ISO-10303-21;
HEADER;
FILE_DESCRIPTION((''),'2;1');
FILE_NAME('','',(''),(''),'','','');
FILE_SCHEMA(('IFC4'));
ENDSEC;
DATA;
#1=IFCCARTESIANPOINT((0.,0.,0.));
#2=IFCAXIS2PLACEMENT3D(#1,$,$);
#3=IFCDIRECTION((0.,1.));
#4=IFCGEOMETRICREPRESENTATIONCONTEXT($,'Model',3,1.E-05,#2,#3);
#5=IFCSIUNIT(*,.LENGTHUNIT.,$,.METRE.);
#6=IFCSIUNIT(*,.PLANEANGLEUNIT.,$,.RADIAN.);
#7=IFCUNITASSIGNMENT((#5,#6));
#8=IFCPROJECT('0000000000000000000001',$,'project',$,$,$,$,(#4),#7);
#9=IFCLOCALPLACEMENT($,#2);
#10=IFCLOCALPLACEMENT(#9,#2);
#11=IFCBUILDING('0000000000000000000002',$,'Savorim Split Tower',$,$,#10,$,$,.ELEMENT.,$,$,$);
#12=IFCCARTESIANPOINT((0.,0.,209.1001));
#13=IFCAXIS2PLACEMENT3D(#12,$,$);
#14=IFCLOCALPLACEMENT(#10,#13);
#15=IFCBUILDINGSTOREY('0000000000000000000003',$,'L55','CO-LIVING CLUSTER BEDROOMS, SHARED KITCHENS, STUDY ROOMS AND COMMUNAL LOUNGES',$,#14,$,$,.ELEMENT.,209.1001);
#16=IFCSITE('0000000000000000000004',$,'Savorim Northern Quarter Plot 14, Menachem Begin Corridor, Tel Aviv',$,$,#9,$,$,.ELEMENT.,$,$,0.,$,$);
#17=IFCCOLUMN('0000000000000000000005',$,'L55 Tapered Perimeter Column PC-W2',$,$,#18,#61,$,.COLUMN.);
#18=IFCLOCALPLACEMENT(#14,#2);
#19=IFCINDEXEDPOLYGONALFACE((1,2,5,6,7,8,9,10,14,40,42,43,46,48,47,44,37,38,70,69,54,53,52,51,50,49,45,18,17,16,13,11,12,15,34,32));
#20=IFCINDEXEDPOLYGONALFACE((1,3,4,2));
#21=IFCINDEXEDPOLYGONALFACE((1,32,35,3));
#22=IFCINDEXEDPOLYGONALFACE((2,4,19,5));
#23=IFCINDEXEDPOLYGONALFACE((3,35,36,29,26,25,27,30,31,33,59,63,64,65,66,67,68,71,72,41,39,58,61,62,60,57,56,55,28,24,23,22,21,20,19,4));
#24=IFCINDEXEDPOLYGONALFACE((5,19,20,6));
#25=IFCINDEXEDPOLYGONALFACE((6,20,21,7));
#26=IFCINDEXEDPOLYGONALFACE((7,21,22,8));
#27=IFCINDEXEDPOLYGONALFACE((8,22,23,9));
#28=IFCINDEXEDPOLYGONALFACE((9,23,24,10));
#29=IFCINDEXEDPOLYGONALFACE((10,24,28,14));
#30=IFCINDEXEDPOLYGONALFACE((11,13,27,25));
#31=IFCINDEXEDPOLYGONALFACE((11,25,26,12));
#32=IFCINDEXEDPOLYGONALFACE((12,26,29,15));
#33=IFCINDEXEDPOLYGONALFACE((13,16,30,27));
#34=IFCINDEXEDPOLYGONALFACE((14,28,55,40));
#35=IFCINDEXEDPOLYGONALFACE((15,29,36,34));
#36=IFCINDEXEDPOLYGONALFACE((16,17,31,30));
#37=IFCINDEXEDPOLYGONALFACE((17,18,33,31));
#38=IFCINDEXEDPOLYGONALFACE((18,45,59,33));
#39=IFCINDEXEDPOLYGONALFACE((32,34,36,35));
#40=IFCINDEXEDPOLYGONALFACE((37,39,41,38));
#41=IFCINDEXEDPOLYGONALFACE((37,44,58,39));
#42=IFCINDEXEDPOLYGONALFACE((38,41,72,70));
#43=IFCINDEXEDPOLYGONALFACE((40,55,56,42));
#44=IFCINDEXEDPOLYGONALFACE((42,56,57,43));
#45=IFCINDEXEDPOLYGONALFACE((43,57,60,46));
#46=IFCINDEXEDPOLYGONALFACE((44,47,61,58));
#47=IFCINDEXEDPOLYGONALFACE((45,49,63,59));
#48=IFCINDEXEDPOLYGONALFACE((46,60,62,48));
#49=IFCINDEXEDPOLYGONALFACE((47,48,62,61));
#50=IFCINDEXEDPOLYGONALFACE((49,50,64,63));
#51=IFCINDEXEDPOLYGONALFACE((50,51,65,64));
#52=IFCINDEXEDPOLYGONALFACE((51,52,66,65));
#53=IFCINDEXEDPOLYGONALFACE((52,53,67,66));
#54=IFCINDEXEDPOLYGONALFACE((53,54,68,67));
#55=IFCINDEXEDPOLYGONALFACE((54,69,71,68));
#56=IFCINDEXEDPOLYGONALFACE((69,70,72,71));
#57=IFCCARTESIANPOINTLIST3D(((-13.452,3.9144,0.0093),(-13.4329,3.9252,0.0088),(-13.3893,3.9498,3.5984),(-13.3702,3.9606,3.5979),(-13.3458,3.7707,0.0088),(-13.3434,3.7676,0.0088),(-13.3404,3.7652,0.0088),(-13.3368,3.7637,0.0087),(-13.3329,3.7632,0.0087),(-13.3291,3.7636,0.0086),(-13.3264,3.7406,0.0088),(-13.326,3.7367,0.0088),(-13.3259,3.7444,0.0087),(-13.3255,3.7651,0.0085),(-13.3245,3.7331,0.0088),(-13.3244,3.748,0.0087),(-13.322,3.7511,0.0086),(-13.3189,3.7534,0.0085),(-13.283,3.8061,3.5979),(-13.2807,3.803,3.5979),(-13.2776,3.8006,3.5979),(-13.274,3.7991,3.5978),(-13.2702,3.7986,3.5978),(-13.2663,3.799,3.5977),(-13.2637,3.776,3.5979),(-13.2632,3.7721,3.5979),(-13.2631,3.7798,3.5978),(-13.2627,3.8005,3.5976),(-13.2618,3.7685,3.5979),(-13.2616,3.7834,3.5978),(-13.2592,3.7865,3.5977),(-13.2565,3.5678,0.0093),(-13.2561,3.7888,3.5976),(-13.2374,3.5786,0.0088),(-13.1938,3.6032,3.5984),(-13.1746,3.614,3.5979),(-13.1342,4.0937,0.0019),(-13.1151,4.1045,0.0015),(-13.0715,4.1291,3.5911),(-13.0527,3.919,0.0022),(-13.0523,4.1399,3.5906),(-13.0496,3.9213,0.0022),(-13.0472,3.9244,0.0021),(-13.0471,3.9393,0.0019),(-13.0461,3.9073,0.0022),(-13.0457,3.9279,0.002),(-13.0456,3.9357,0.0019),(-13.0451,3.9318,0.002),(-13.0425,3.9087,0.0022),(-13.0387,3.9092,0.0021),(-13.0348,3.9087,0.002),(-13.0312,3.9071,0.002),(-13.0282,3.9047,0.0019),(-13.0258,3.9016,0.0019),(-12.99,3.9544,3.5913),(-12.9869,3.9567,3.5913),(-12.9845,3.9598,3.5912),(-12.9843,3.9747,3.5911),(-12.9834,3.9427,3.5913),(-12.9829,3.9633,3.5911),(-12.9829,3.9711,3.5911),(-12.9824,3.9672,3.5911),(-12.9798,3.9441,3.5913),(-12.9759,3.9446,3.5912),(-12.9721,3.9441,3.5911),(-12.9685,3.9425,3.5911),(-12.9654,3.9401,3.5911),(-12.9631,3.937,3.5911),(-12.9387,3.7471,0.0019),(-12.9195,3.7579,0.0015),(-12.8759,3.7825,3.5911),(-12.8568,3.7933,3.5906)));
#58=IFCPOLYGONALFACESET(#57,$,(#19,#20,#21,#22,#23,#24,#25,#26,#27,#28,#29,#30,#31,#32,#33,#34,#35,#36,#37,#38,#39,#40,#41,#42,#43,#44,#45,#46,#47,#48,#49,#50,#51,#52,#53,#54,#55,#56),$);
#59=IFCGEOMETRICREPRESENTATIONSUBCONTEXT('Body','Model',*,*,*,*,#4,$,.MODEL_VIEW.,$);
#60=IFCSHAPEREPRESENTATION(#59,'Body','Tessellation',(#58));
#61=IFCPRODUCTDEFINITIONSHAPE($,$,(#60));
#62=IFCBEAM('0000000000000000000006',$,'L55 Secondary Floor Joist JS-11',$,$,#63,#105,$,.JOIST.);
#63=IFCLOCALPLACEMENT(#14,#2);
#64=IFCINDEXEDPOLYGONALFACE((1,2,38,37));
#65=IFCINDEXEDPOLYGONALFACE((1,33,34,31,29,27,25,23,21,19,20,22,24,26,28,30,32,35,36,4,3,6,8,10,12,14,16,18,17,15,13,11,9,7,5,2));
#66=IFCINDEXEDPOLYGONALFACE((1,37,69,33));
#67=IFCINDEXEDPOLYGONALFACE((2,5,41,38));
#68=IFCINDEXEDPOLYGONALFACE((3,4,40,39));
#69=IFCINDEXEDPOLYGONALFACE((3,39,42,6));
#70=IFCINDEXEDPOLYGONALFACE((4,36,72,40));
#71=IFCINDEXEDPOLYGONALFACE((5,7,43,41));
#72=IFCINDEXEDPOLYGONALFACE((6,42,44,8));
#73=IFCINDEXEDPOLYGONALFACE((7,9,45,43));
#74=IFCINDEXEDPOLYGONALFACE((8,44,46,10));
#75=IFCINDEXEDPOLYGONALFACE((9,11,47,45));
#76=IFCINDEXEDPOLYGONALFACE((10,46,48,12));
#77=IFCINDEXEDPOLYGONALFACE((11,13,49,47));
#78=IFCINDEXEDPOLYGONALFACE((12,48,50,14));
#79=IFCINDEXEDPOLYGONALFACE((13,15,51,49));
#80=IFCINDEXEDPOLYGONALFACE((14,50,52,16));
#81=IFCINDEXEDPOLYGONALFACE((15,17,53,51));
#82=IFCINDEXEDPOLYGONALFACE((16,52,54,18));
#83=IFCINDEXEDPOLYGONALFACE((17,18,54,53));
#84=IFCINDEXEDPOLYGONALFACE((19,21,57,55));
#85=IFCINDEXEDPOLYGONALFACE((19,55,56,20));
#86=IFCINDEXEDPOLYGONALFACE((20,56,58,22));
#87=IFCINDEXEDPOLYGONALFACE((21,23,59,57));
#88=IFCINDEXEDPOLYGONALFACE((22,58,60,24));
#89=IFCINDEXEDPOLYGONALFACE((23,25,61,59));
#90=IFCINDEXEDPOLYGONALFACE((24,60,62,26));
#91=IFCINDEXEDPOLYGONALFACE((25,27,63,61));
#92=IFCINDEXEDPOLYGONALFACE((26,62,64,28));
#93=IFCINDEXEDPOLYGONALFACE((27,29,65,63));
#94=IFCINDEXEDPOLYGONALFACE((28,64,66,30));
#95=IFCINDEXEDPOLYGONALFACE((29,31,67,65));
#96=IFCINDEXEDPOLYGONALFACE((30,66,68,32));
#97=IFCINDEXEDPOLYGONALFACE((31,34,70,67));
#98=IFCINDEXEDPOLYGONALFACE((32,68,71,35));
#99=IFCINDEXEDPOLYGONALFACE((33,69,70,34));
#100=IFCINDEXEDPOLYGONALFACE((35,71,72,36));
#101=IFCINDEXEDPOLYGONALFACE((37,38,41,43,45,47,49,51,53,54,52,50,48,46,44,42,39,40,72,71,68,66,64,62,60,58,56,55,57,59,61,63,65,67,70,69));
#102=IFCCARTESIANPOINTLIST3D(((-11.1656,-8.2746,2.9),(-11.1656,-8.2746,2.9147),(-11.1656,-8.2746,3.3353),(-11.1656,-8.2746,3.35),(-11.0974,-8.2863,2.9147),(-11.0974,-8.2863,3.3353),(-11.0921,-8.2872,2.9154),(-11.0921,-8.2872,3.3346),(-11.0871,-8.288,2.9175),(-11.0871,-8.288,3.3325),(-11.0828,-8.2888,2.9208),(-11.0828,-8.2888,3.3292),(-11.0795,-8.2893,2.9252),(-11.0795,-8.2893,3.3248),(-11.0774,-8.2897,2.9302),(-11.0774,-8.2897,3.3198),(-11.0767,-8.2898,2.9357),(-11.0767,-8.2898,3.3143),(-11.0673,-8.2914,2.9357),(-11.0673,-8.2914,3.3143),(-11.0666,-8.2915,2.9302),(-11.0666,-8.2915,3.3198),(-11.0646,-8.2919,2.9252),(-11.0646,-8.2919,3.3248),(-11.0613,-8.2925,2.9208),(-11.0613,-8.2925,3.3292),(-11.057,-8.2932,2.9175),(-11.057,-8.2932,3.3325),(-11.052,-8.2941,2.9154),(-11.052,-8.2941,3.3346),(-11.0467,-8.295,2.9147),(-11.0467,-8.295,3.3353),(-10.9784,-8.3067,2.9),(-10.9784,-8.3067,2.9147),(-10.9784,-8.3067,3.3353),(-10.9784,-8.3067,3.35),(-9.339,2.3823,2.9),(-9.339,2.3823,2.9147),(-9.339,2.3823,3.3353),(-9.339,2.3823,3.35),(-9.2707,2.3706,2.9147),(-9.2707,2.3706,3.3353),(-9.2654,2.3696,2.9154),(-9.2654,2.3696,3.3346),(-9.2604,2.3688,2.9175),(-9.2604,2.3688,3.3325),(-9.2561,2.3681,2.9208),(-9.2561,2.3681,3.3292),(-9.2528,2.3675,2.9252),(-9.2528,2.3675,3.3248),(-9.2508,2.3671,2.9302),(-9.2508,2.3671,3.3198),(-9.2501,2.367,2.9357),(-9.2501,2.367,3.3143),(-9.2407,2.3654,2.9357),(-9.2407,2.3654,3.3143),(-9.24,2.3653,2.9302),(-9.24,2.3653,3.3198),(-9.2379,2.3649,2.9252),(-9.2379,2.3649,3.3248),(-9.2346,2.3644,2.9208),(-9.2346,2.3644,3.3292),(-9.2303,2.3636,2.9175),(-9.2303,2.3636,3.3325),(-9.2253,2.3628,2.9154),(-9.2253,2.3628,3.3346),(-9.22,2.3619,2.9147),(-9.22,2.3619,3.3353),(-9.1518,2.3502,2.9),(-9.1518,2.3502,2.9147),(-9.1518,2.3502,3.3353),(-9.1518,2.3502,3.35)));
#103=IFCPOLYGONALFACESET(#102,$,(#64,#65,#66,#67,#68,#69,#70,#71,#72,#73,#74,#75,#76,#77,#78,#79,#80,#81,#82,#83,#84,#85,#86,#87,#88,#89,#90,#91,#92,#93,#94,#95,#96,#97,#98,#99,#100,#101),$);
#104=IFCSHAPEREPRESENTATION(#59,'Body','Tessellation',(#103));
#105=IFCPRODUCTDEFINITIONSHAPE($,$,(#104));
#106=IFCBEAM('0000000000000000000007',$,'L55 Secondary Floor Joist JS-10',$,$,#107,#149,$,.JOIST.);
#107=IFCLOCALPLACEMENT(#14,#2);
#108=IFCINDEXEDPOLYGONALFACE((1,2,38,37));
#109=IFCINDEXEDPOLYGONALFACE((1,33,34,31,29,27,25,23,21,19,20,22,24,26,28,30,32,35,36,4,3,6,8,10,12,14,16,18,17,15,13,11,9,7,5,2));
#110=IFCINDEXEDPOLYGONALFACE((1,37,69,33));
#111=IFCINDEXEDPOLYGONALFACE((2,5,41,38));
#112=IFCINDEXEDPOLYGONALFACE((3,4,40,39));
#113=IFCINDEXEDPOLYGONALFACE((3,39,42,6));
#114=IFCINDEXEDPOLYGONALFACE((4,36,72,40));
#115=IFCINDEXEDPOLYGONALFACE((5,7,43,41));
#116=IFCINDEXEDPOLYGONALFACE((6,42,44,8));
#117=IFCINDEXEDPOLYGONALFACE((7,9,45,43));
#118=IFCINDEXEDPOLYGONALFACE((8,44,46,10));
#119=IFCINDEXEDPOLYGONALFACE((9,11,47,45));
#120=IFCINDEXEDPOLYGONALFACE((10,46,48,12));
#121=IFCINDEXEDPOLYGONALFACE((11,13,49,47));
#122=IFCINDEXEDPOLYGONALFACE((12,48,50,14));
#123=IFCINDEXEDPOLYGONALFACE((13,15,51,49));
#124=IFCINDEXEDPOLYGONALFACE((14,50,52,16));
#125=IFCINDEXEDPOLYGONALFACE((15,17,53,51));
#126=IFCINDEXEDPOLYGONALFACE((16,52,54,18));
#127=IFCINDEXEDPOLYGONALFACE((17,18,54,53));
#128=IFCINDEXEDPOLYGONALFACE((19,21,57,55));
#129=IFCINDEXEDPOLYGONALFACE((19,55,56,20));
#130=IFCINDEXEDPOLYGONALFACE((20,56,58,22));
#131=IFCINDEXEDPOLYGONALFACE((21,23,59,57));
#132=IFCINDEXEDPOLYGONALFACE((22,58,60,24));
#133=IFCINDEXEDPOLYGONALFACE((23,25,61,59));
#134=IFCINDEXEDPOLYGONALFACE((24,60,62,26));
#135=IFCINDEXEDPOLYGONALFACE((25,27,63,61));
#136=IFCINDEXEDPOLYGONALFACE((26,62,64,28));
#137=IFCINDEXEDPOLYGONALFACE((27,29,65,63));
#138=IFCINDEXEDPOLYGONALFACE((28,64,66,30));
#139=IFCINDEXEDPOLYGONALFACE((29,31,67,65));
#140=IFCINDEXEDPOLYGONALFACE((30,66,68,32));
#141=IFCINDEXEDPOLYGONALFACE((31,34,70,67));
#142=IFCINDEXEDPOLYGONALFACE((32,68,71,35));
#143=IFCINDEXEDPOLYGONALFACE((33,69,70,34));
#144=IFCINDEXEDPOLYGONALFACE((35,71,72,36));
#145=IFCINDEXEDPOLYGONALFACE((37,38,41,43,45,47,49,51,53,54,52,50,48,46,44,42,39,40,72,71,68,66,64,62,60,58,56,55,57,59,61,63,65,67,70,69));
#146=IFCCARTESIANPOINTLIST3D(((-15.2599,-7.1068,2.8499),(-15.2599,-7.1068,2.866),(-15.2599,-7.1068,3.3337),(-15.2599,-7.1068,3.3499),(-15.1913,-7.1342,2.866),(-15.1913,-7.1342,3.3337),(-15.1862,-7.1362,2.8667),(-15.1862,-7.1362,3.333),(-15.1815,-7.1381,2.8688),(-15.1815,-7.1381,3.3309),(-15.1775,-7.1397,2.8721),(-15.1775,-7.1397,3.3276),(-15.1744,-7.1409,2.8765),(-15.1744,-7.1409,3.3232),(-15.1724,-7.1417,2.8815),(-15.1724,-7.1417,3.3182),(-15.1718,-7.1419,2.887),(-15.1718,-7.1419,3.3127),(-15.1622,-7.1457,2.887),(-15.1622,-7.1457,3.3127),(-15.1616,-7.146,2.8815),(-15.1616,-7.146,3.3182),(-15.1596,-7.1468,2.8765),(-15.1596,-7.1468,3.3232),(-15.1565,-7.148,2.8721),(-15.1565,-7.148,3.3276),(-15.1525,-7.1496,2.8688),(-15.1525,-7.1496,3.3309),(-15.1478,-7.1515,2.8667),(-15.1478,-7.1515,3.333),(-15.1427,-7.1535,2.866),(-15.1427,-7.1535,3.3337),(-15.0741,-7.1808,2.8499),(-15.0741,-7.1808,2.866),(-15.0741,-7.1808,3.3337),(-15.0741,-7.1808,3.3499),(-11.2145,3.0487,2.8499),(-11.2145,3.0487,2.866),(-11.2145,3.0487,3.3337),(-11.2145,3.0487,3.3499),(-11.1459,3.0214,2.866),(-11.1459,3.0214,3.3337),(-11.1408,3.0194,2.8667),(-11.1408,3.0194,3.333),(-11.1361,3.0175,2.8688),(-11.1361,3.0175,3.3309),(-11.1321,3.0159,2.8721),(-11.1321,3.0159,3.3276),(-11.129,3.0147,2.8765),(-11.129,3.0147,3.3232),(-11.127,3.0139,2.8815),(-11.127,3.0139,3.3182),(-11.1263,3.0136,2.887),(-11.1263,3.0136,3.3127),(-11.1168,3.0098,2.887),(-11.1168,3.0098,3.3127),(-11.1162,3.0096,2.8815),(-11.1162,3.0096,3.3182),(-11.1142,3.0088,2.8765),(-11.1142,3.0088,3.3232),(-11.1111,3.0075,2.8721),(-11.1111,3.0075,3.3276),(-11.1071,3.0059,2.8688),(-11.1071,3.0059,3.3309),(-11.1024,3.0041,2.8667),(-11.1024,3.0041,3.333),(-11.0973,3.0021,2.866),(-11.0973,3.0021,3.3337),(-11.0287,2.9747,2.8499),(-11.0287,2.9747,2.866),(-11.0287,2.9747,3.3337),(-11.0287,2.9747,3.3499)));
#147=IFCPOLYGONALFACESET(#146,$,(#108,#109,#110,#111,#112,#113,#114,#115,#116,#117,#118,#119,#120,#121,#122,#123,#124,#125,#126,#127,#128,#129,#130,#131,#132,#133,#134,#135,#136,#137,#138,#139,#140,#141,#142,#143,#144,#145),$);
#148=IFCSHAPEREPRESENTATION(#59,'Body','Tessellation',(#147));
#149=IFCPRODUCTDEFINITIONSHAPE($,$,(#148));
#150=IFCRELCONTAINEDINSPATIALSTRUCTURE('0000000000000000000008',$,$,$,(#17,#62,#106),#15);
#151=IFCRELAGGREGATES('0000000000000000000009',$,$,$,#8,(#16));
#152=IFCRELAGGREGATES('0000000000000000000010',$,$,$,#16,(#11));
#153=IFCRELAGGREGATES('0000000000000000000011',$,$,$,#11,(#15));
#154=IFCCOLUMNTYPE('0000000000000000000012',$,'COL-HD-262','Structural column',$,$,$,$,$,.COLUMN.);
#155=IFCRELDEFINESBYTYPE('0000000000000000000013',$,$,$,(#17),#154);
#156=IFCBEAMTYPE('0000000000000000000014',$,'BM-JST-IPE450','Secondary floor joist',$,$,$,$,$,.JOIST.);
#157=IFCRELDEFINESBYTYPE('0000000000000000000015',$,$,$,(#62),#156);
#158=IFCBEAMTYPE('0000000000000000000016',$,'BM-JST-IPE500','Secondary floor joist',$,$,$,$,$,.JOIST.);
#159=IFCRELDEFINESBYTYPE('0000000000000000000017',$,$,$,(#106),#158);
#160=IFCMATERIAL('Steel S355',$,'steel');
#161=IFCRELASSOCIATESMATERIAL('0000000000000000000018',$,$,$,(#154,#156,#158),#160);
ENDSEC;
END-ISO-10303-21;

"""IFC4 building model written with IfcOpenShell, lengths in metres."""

from ifc_helpers import new_model, si_unit, direction, frame, origin, origin_2d, place, context, subcontext, project, spatial, i_section, extrude, material, material_profile, profile_set, type_object, element, save


model = new_model("IFC4")

# Units and contexts
model_context = context("Model", 3, precision=1e-05, world=origin(), true_north=direction((0.0, 1.0)))
body_context = subcontext(model_context, "Body", "Model", "MODEL_VIEW")
ifc_project = project(units=[si_unit("LENGTHUNIT", "METRE"), si_unit("PLANEANGLEUNIT", "RADIAN")], contexts=[model_context])

# Site, building, storey
site_placement = place(None, origin())
site = spatial("IfcSite", under=ifc_project, at=site_placement, Name="Savorim Northern Quarter Plot 14, Menachem Begin Corridor, Tel Aviv", CompositionType="ELEMENT", RefElevation=0.0)
building_placement = place(site_placement, origin())
building = spatial("IfcBuilding", under=site, at=building_placement, Name="Savorim Split Tower", CompositionType="ELEMENT")
storey_placement = place(building_placement, frame((0.0, 0.0, 209.1001)))
storey = spatial("IfcBuildingStorey", under=building, at=storey_placement, Name="L55", Description="CO-LIVING CLUSTER BEDROOMS, SHARED KITCHENS, STUDY ROOMS AND COMMUNAL LOUNGES", CompositionType="ELEMENT", Elevation=209.1001)

# Column
ifc_material_1 = material(Name="Steel S355", Category="steel")
ifc_material_profile_1 = material_profile(ifc_material_1, i_section(OverallWidth=0.3979, OverallDepth=0.387, WebThickness=0.0134, FlangeThickness=0.022, FilletRadius=0.0149, at=origin_2d()), Name="HD 400x262")
ifc_profile_set_1 = profile_set([ifc_material_profile_1], Name="Steel S355")
column_type = type_object("IfcColumnType", Name="COL-HD-262", Description="Structural column", PredefinedType="COLUMN", material=ifc_profile_set_1)
column_placement = place(storey_placement, frame((-13.1858, 3.8362, 0.0054), z_axis=(0.017478, 0.009861, 0.999799), x_axis=(-0.491387, 0.870941, 0.0)))
element("IfcColumn", 1, at=column_placement, inside=storey, type_object=column_type, Name="L55 Tapered Perimeter Column PC-W2", PredefinedType="COLUMN", context=body_context, shape_type="SweptSolid", body=[
    extrude(i_section(OverallWidth=0.3979, OverallDepth=0.387, WebThickness=0.0134, FlangeThickness=0.022, FilletRadius=0.0149, at=origin_2d()), origin(), (0.0, 0.0, 1.0), 3.5898),
])

# Beams
ifc_material_profile_2 = material_profile(ifc_material_1, i_section(OverallWidth=0.1899, OverallDepth=0.45, WebThickness=0.0095, FlangeThickness=0.0146, FilletRadius=0.021, at=origin_2d()), Name="IPE 450")
ifc_profile_set_2 = profile_set([ifc_material_profile_2], Name="Steel S355")
beam_type_1 = type_object("IfcBeamType", Name="BM-JST-IPE450", Description="Secondary floor joist", PredefinedType="JOIST", material=ifc_profile_set_2)
beam_1_placement = place(storey_placement, frame((-9.2454, 2.3662, 3.125), z_axis=(-0.168945, -0.985625, 0.0), x_axis=(0.985625, -0.168945, 0.0)))
element("IfcBeam", 2, at=beam_1_placement, inside=storey, type_object=beam_type_1, Name="L55 Secondary Floor Joist JS-11", PredefinedType="JOIST", context=body_context, shape_type="SweptSolid", body=[
    extrude(i_section(OverallWidth=0.1899, OverallDepth=0.45, WebThickness=0.0095, FlangeThickness=0.0146, FilletRadius=0.021, at=origin_2d()), origin(), (0.0, 0.0, 1.0), 10.8123),
])
ifc_material_profile_3 = material_profile(ifc_material_1, i_section(OverallWidth=0.2, OverallDepth=0.5, WebThickness=0.0103, FlangeThickness=0.0161, FilletRadius=0.021, at=origin_2d()), Name="IPE 500")
ifc_profile_set_3 = profile_set([ifc_material_profile_3], Name="Steel S355")
beam_type_2 = type_object("IfcBeamType", Name="BM-JST-IPE500", Description="Secondary floor joist", PredefinedType="JOIST", material=ifc_profile_set_3)
beam_2_placement = place(storey_placement, frame((-11.1216, 3.0117, 3.0999), z_axis=(-0.370066, -0.929006, 0.0), x_axis=(0.929006, -0.370066, 0.0)))
element("IfcBeam", 3, at=beam_2_placement, inside=storey, type_object=beam_type_2, Name="L55 Secondary Floor Joist JS-10", PredefinedType="JOIST", context=body_context, shape_type="SweptSolid", body=[
    extrude(i_section(OverallWidth=0.2, OverallDepth=0.5, WebThickness=0.0103, FlangeThickness=0.0161, FilletRadius=0.021, at=origin_2d()), origin(), (0.0, 0.0, 1.0), 10.9316),
])

save(model, "model.ifc")
